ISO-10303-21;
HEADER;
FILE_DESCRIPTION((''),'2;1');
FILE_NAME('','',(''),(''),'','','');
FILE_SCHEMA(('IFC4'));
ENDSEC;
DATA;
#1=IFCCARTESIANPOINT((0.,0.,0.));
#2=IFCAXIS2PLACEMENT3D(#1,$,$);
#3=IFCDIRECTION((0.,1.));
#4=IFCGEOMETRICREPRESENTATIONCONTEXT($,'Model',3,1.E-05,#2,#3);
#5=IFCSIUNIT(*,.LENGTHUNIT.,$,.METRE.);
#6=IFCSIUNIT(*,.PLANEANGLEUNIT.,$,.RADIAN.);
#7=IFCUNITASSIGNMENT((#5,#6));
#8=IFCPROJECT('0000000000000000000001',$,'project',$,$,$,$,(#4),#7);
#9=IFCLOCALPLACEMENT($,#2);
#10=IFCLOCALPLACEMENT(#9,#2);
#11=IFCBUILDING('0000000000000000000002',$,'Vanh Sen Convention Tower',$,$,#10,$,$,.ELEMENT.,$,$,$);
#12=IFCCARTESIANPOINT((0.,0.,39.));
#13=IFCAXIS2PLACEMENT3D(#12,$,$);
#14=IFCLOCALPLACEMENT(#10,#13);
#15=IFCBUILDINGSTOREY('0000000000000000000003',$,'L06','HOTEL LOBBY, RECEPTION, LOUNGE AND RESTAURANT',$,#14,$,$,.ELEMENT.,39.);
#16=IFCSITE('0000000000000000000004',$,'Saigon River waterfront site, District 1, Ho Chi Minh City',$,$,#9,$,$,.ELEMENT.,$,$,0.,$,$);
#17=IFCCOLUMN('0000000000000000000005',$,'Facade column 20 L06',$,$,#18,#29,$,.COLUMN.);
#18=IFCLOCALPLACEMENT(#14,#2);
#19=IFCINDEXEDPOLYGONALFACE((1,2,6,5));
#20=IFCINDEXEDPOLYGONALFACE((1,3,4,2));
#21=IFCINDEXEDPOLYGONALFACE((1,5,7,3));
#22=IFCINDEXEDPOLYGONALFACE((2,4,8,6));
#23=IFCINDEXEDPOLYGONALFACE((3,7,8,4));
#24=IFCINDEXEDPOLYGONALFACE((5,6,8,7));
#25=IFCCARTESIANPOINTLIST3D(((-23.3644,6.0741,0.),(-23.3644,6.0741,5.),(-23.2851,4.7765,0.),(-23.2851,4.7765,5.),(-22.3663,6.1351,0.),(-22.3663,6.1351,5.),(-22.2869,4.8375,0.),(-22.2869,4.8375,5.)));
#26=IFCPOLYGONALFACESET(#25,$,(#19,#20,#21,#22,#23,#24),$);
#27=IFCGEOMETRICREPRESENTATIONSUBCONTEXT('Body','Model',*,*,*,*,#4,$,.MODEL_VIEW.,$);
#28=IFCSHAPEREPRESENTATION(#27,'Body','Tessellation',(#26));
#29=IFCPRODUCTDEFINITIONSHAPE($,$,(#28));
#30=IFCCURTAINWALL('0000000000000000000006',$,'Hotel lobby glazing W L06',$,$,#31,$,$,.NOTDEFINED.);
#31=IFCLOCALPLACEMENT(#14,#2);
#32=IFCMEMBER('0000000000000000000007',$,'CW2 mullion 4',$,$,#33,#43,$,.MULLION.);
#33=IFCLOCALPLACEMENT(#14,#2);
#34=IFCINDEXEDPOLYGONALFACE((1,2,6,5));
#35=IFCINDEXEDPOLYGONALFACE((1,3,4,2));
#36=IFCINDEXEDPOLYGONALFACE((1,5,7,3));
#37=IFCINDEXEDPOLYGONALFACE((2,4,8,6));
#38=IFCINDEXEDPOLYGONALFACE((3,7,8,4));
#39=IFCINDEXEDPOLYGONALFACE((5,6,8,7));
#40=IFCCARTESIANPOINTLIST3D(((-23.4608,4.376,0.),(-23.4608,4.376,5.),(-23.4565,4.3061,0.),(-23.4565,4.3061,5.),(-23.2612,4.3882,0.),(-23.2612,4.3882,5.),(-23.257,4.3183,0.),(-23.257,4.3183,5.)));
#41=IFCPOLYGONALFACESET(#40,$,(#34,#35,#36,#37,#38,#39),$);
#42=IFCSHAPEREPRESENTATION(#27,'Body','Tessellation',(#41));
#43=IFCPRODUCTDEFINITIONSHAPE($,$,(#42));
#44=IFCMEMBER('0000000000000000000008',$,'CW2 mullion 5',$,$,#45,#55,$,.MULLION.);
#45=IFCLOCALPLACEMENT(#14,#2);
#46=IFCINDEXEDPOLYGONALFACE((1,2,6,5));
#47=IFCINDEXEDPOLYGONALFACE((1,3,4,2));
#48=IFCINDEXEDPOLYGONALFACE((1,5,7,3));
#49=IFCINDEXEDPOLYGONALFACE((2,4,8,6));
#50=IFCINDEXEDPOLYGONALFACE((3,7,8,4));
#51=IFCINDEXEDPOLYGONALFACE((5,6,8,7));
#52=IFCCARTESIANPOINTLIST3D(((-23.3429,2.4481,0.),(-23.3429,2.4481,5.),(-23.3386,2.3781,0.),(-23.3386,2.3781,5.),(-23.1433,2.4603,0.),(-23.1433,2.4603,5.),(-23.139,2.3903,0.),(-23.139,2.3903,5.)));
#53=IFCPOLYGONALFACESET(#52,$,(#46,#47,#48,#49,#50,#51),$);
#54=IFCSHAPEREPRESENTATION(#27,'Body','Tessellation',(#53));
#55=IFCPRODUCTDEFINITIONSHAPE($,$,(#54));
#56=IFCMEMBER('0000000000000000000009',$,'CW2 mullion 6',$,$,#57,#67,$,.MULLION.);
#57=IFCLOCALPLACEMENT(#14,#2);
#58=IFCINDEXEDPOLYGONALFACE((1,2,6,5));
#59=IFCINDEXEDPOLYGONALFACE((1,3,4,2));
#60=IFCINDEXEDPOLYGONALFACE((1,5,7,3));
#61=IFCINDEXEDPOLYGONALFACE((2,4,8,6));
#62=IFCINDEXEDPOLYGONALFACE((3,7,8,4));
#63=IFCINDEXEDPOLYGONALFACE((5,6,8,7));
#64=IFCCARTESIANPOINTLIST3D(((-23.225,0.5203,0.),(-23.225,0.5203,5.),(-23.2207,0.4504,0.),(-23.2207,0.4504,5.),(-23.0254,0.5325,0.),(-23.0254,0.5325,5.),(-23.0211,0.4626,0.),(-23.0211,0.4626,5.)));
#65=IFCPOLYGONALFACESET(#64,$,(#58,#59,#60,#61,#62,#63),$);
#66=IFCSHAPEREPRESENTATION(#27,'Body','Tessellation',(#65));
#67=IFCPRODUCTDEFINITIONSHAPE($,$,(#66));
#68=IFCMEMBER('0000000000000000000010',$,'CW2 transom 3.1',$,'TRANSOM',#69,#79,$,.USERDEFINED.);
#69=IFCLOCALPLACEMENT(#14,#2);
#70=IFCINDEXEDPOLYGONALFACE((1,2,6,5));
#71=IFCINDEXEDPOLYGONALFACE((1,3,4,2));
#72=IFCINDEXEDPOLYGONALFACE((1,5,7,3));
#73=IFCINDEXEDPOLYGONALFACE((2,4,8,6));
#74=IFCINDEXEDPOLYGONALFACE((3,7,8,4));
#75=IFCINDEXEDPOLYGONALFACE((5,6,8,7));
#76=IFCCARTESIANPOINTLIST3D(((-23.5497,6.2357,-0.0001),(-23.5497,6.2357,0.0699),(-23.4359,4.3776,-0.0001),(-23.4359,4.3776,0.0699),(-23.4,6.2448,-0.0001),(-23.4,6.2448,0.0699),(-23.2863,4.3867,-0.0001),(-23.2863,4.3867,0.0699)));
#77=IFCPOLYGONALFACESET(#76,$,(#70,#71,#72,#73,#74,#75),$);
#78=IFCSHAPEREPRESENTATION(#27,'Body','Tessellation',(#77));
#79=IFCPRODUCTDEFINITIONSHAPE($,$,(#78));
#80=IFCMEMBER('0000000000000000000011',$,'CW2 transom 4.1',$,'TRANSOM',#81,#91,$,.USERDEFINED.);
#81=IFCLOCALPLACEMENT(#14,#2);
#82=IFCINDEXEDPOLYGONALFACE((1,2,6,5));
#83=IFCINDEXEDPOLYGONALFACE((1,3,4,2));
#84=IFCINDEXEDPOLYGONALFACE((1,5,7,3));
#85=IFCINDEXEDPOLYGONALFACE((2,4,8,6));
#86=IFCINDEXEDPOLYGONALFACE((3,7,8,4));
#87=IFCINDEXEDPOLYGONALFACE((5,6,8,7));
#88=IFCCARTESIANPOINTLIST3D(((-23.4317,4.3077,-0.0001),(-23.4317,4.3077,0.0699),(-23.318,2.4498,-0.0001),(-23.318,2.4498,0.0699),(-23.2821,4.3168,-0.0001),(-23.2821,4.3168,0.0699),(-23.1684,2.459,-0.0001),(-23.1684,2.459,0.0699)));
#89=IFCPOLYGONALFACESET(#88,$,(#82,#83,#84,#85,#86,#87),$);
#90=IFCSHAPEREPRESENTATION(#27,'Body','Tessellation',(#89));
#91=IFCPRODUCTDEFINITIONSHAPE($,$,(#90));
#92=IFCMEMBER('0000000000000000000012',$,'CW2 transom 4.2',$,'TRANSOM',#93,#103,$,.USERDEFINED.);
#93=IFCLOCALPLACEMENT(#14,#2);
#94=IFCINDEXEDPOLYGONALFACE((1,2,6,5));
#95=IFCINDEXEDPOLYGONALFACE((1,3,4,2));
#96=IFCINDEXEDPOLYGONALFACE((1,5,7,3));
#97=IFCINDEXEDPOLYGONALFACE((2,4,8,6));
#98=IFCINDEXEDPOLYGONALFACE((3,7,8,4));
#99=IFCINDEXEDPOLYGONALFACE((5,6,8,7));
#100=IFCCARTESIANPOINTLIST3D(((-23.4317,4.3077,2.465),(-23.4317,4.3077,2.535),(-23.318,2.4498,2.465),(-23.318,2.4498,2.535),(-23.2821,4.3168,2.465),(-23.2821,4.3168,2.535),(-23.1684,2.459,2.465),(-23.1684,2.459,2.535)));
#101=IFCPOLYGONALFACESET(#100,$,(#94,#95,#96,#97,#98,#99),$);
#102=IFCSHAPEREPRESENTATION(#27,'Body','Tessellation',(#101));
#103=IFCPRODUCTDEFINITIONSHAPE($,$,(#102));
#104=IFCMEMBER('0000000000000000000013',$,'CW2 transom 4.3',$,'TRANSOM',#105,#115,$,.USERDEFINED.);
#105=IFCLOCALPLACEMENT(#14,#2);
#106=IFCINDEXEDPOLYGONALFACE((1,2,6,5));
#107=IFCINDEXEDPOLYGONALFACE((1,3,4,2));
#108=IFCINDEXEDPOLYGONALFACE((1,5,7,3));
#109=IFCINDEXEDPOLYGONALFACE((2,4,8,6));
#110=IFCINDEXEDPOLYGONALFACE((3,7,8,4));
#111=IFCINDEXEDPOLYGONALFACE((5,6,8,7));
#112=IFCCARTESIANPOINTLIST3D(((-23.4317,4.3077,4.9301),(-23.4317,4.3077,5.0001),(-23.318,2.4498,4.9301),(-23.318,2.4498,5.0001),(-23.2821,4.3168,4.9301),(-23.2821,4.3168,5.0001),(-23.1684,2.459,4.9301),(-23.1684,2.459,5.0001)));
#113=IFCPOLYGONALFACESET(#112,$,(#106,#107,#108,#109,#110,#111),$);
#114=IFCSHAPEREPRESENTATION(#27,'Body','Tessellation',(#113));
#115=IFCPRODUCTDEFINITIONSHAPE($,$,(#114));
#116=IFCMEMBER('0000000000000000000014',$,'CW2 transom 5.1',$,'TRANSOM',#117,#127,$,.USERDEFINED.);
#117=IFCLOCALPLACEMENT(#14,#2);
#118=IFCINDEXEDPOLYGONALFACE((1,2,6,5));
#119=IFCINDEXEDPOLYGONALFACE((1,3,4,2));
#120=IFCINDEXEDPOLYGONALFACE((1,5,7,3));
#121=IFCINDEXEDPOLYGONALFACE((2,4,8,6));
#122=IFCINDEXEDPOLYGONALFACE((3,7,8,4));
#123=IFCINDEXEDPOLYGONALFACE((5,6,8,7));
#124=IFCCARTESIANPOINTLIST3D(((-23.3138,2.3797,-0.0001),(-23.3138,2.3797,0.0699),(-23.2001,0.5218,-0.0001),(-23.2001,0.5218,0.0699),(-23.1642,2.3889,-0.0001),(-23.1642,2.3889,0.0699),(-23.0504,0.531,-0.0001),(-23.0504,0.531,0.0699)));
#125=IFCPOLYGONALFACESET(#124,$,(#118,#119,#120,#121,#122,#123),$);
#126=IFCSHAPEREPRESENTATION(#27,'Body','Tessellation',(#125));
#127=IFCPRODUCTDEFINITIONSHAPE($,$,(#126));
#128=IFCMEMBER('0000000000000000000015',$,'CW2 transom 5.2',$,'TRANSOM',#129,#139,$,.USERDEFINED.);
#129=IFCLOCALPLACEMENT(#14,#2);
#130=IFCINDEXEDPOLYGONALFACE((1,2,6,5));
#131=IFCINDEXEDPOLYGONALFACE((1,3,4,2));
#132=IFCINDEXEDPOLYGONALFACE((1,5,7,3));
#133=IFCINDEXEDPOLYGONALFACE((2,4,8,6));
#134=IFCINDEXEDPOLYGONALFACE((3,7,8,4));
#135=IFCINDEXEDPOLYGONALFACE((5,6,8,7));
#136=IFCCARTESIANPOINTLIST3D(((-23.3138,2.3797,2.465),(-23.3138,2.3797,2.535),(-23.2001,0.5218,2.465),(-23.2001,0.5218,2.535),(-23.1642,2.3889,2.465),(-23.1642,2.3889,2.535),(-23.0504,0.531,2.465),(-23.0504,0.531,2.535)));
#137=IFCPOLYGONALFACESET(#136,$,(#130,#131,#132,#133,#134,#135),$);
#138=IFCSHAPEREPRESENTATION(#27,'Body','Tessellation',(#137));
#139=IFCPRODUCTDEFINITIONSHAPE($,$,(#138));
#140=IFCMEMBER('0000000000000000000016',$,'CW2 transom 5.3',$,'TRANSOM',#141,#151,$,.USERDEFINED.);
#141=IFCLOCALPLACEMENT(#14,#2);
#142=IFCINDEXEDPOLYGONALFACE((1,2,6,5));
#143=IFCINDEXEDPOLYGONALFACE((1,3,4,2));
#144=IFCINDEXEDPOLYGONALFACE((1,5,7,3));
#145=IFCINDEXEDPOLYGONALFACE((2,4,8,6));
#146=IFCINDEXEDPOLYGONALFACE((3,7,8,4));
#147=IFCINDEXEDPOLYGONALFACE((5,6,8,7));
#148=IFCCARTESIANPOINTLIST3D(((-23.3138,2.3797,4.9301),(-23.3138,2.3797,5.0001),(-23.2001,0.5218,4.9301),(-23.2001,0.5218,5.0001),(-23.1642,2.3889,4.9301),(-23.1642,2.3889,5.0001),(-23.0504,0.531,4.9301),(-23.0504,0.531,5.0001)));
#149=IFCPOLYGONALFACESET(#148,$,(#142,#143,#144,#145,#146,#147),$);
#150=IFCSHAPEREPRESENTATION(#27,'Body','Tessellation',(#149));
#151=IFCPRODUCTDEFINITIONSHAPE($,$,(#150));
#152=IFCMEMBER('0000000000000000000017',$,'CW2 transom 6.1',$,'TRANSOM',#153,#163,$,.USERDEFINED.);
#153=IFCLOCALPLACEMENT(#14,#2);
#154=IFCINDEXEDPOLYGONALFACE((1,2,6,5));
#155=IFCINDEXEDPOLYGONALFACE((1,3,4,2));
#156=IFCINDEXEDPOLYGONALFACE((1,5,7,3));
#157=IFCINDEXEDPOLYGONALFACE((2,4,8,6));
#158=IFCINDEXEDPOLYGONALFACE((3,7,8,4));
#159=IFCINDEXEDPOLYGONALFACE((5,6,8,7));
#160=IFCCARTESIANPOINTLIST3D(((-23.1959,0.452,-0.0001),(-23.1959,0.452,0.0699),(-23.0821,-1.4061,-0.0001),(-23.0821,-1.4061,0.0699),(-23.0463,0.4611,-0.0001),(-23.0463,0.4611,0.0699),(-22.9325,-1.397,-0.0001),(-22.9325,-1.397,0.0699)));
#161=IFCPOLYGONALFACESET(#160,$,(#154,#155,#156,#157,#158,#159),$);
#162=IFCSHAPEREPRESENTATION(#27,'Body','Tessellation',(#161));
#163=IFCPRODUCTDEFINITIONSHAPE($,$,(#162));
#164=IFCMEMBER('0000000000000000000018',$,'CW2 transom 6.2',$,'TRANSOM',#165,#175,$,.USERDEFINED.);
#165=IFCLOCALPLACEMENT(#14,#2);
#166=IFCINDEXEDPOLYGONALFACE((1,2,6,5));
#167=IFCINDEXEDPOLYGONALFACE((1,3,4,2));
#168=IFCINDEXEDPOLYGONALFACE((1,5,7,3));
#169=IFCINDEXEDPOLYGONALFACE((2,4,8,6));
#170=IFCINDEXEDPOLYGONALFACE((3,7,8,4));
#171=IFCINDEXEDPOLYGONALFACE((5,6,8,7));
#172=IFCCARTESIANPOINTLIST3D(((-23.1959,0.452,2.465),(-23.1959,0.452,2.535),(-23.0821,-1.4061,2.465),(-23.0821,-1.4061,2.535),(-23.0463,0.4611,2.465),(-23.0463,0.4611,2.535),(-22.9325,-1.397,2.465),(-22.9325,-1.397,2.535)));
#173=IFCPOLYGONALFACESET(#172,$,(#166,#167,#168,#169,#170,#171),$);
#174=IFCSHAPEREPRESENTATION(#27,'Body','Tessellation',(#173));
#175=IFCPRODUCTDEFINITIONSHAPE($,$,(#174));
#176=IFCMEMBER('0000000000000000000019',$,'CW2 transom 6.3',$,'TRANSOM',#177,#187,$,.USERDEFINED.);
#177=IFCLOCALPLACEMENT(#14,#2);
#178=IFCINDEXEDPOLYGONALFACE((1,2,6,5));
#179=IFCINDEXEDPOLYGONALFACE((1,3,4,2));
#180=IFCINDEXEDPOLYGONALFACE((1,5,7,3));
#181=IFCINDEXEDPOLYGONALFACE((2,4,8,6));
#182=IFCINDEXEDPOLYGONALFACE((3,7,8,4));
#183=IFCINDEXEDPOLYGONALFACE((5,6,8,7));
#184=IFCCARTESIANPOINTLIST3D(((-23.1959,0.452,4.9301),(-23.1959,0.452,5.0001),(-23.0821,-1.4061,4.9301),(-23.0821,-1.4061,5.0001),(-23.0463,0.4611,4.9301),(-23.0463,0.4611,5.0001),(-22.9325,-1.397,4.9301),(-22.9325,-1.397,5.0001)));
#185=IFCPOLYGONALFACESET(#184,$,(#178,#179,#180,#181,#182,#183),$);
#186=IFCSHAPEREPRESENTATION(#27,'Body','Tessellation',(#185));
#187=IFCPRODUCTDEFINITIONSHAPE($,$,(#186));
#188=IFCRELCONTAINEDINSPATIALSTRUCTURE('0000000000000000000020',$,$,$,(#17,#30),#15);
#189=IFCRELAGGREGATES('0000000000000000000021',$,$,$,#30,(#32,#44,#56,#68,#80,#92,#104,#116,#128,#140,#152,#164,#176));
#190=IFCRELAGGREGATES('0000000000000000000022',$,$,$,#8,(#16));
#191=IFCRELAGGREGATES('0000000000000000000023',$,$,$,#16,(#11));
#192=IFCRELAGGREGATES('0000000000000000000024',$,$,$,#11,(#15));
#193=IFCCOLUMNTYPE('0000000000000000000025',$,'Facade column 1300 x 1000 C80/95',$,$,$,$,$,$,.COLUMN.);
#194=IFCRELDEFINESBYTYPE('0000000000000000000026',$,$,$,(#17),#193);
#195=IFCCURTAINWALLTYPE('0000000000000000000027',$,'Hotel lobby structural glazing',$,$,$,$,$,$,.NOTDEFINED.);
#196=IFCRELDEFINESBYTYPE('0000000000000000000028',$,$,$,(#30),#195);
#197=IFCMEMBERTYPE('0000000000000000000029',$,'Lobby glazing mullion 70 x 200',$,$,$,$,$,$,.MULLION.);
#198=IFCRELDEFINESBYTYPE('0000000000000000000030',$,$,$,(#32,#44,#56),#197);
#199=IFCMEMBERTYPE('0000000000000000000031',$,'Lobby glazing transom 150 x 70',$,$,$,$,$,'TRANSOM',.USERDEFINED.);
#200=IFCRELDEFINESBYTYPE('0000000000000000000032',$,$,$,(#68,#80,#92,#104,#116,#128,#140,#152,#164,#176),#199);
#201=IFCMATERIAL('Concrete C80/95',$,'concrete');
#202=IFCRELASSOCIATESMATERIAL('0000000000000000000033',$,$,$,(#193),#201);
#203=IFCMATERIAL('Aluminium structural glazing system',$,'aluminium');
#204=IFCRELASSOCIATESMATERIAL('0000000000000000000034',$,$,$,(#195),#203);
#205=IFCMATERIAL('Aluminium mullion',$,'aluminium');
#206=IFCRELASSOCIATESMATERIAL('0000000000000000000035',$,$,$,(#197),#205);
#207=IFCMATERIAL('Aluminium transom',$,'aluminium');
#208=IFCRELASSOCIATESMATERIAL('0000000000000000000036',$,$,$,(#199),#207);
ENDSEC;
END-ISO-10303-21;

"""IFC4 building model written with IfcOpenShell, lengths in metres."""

from ifc_helpers import new_model, si_unit, direction, frame, origin, origin_2d, place, context, subcontext, project, spatial, rectangle, extrude, material, material_profile, profile_set, type_object, element, aggregate, save


model = new_model("IFC4")

# Units and contexts
model_context = context("Model", 3, precision=1e-05, world=origin(), true_north=direction((0.0, 1.0)))
body_context = subcontext(model_context, "Body", "Model", "MODEL_VIEW")
ifc_project = project(units=[si_unit("LENGTHUNIT", "METRE"), si_unit("PLANEANGLEUNIT", "RADIAN")], contexts=[model_context])

# Site, building, storey
site_placement = place(None, origin())
site = spatial("IfcSite", under=ifc_project, at=site_placement, Name="Saigon River waterfront site, District 1, Ho Chi Minh City", CompositionType="ELEMENT", RefElevation=0.0)
building_placement = place(site_placement, origin())
building = spatial("IfcBuilding", under=site, at=building_placement, Name="Vanh Sen Convention Tower", CompositionType="ELEMENT")
storey_placement = place(building_placement, frame((0.0, 0.0, 39.0)))
storey = spatial("IfcBuildingStorey", under=building, at=storey_placement, Name="L06", Description="HOTEL LOBBY, RECEPTION, LOUNGE AND RESTAURANT", CompositionType="ELEMENT", Elevation=39.0)

# Column
ifc_material_1 = material(Name="Concrete C80/95", Category="concrete")
ifc_material_profile_1 = material_profile(ifc_material_1, rectangle(XDim=1.3, YDim=1.0, at=origin_2d()), Name="RC 1300X1000")
ifc_profile_set_1 = profile_set([ifc_material_profile_1], Name="Concrete C80/95")
column_type = type_object("IfcColumnType", Name="Facade column 1300 x 1000 C80/95", PredefinedType="COLUMN", material=ifc_profile_set_1)
column_placement = place(storey_placement, frame((-22.8257, 5.4558, 0.0), z_axis=(0.0, 0.0, 1.0), x_axis=(0.061049, -0.998135, 0.0)))
element("IfcColumn", 1, at=column_placement, inside=storey, type_object=column_type, Name="Facade column 20 L06", PredefinedType="COLUMN", context=body_context, shape_type="SweptSolid", body=[
    extrude(rectangle(XDim=1.3, YDim=1.0, at=origin_2d()), origin(), (0.0, 0.0, 1.0), 5.0),
])

# Curtain wall, members
ifc_material_2 = material(Name="Aluminium structural glazing system", Category="aluminium")
curtain_wall_type_1 = type_object("IfcCurtainWallType", Name="Hotel lobby structural glazing", PredefinedType="NOTDEFINED", material=ifc_material_2)
curtain_wall_1_placement = place(storey_placement, origin())
curtain_wall_1 = element("IfcCurtainWall", 2, at=curtain_wall_1_placement, inside=storey, type_object=curtain_wall_type_1, Name="Hotel lobby glazing W L06", PredefinedType="NOTDEFINED")
ifc_material_3 = material(Name="Aluminium mullion", Category="aluminium")
ifc_material_profile_2 = material_profile(ifc_material_3, rectangle(XDim=0.2, YDim=0.0701, at=origin_2d()), Name="Lobby glazing mullion 70 x 200")
ifc_profile_set_2 = profile_set([ifc_material_profile_2], Name="Aluminium mullion")
member_type_1 = type_object("IfcMemberType", Name="Lobby glazing mullion 70 x 200", PredefinedType="MULLION", material=ifc_profile_set_2)
member_1_placement = place(storey_placement, frame((-23.3589, 4.3472, 0.0), z_axis=(0.0, 0.0, 1.0), x_axis=(0.998135, 0.061046, 0.0)))
member_1 = element("IfcMember", 3, at=member_1_placement, type_object=member_type_1, Name="CW2 mullion 4", PredefinedType="MULLION", context=body_context, shape_type="SweptSolid", body=[
    extrude(rectangle(XDim=0.2, YDim=0.0701, at=origin_2d()), origin(), (0.0, 0.0, 1.0), 5.0),
])
member_2_placement = place(storey_placement, frame((-23.241, 2.4192, 0.0), z_axis=(0.0, 0.0, 1.0), x_axis=(0.998135, 0.061046, 0.0)))
member_2 = element("IfcMember", 4, at=member_2_placement, type_object=member_type_1, Name="CW2 mullion 5", PredefinedType="MULLION", context=body_context, shape_type="SweptSolid", body=[
    extrude(rectangle(XDim=0.2, YDim=0.0701, at=origin_2d()), origin(), (0.0, 0.0, 1.0), 5.0),
])
member_3_placement = place(storey_placement, frame((-23.123, 0.4915, 0.0), z_axis=(0.0, 0.0, 1.0), x_axis=(0.998135, 0.061046, 0.0)))
member_3 = element("IfcMember", 5, at=member_3_placement, type_object=member_type_1, Name="CW2 mullion 6", PredefinedType="MULLION", context=body_context, shape_type="SweptSolid", body=[
    extrude(rectangle(XDim=0.2, YDim=0.0701, at=origin_2d()), origin(), (0.0, 0.0, 1.0), 5.0),
])
ifc_material_4 = material(Name="Aluminium transom", Category="aluminium")
ifc_material_profile_3 = material_profile(ifc_material_4, rectangle(XDim=0.1499, YDim=0.0701, at=origin_2d()), Name="Lobby glazing transom 150 x 70")
ifc_profile_set_3 = profile_set([ifc_material_profile_3], Name="Aluminium transom")
member_type_2 = type_object("IfcMemberType", Name="Lobby glazing transom 150 x 70", ElementType="TRANSOM", PredefinedType="USERDEFINED", material=ifc_profile_set_3)
member_4_placement = place(storey_placement, frame((-23.4749, 6.2402, 0.0349), z_axis=(0.061113, -0.998131, 0.0), x_axis=(0.998131, 0.061113, 0.0)))
member_4 = element("IfcMember", 6, at=member_4_placement, type_object=member_type_2, Name="CW2 transom 3.1", ObjectType="TRANSOM", PredefinedType="USERDEFINED", context=body_context, shape_type="SweptSolid", body=[
    extrude(rectangle(XDim=0.1499, YDim=0.0701, at=origin_2d()), origin(), (0.0, 0.0, 1.0), 1.8616),
])
member_5_placement = place(storey_placement, frame((-23.3569, 4.3123, 0.0349), z_axis=(0.061121, -0.99813, 0.0), x_axis=(0.99813, 0.061121, 0.0)))
member_5 = element("IfcMember", 7, at=member_5_placement, type_object=member_type_2, Name="CW2 transom 4.1", ObjectType="TRANSOM", PredefinedType="USERDEFINED", context=body_context, shape_type="SweptSolid", body=[
    extrude(rectangle(XDim=0.1499, YDim=0.0701, at=origin_2d()), origin(), (0.0, 0.0, 1.0), 1.8613),
])
member_6_placement = place(storey_placement, frame((-23.3569, 4.3123, 2.5), z_axis=(0.061121, -0.99813, 0.0), x_axis=(0.99813, 0.061121, 0.0)))
member_6 = element("IfcMember", 8, at=member_6_placement, type_object=member_type_2, Name="CW2 transom 4.2", ObjectType="TRANSOM", PredefinedType="USERDEFINED", context=body_context, shape_type="SweptSolid", body=[
    extrude(rectangle(XDim=0.1499, YDim=0.0701, at=origin_2d()), origin(), (0.0, 0.0, 1.0), 1.8613),
])
member_7_placement = place(storey_placement, frame((-23.3569, 4.3123, 4.9651), z_axis=(0.061121, -0.99813, 0.0), x_axis=(0.99813, 0.061121, 0.0)))
member_7 = element("IfcMember", 9, at=member_7_placement, type_object=member_type_2, Name="CW2 transom 4.3", ObjectType="TRANSOM", PredefinedType="USERDEFINED", context=body_context, shape_type="SweptSolid", body=[
    extrude(rectangle(XDim=0.1499, YDim=0.0701, at=origin_2d()), origin(), (0.0, 0.0, 1.0), 1.8613),
])
member_8_placement = place(storey_placement, frame((-23.239, 2.3843, 0.0349), z_axis=(0.061121, -0.99813, 0.0), x_axis=(0.99813, 0.061121, 0.0)))
member_8 = element("IfcMember", 10, at=member_8_placement, type_object=member_type_2, Name="CW2 transom 5.1", ObjectType="TRANSOM", PredefinedType="USERDEFINED", context=body_context, shape_type="SweptSolid", body=[
    extrude(rectangle(XDim=0.1499, YDim=0.0701, at=origin_2d()), origin(), (0.0, 0.0, 1.0), 1.8613),
])
member_9_placement = place(storey_placement, frame((-23.239, 2.3843, 2.5), z_axis=(0.061121, -0.99813, 0.0), x_axis=(0.99813, 0.061121, 0.0)))
member_9 = element("IfcMember", 11, at=member_9_placement, type_object=member_type_2, Name="CW2 transom 5.2", ObjectType="TRANSOM", PredefinedType="USERDEFINED", context=body_context, shape_type="SweptSolid", body=[
    extrude(rectangle(XDim=0.1499, YDim=0.0701, at=origin_2d()), origin(), (0.0, 0.0, 1.0), 1.8613),
])
member_10_placement = place(storey_placement, frame((-23.239, 2.3843, 4.9651), z_axis=(0.061121, -0.99813, 0.0), x_axis=(0.99813, 0.061121, 0.0)))
member_10 = element("IfcMember", 12, at=member_10_placement, type_object=member_type_2, Name="CW2 transom 5.3", ObjectType="TRANSOM", PredefinedType="USERDEFINED", context=body_context, shape_type="SweptSolid", body=[
    extrude(rectangle(XDim=0.1499, YDim=0.0701, at=origin_2d()), origin(), (0.0, 0.0, 1.0), 1.8613),
])
member_11_placement = place(storey_placement, frame((-23.1211, 0.4565, 0.0349), z_axis=(0.061113, -0.998131, 0.0), x_axis=(0.998131, 0.061113, 0.0)))
member_11 = element("IfcMember", 13, at=member_11_placement, type_object=member_type_2, Name="CW2 transom 6.1", ObjectType="TRANSOM", PredefinedType="USERDEFINED", context=body_context, shape_type="SweptSolid", body=[
    extrude(rectangle(XDim=0.1499, YDim=0.0701, at=origin_2d()), origin(), (0.0, 0.0, 1.0), 1.8616),
])
member_12_placement = place(storey_placement, frame((-23.1211, 0.4565, 2.5), z_axis=(0.061113, -0.998131, 0.0), x_axis=(0.998131, 0.061113, 0.0)))
member_12 = element("IfcMember", 14, at=member_12_placement, type_object=member_type_2, Name="CW2 transom 6.2", ObjectType="TRANSOM", PredefinedType="USERDEFINED", context=body_context, shape_type="SweptSolid", body=[
    extrude(rectangle(XDim=0.1499, YDim=0.0701, at=origin_2d()), origin(), (0.0, 0.0, 1.0), 1.8616),
])
member_13_placement = place(storey_placement, frame((-23.1211, 0.4565, 4.9651), z_axis=(0.061113, -0.998131, 0.0), x_axis=(0.998131, 0.061113, 0.0)))
member_13 = element("IfcMember", 15, at=member_13_placement, type_object=member_type_2, Name="CW2 transom 6.3", ObjectType="TRANSOM", PredefinedType="USERDEFINED", context=body_context, shape_type="SweptSolid", body=[
    extrude(rectangle(XDim=0.1499, YDim=0.0701, at=origin_2d()), origin(), (0.0, 0.0, 1.0), 1.8616),
])

aggregate(curtain_wall_1, [member_1, member_2, member_3, member_4, member_5, member_6, member_7, member_8, member_9, member_10, member_11, member_12, member_13])

save(model, "model.ifc")
